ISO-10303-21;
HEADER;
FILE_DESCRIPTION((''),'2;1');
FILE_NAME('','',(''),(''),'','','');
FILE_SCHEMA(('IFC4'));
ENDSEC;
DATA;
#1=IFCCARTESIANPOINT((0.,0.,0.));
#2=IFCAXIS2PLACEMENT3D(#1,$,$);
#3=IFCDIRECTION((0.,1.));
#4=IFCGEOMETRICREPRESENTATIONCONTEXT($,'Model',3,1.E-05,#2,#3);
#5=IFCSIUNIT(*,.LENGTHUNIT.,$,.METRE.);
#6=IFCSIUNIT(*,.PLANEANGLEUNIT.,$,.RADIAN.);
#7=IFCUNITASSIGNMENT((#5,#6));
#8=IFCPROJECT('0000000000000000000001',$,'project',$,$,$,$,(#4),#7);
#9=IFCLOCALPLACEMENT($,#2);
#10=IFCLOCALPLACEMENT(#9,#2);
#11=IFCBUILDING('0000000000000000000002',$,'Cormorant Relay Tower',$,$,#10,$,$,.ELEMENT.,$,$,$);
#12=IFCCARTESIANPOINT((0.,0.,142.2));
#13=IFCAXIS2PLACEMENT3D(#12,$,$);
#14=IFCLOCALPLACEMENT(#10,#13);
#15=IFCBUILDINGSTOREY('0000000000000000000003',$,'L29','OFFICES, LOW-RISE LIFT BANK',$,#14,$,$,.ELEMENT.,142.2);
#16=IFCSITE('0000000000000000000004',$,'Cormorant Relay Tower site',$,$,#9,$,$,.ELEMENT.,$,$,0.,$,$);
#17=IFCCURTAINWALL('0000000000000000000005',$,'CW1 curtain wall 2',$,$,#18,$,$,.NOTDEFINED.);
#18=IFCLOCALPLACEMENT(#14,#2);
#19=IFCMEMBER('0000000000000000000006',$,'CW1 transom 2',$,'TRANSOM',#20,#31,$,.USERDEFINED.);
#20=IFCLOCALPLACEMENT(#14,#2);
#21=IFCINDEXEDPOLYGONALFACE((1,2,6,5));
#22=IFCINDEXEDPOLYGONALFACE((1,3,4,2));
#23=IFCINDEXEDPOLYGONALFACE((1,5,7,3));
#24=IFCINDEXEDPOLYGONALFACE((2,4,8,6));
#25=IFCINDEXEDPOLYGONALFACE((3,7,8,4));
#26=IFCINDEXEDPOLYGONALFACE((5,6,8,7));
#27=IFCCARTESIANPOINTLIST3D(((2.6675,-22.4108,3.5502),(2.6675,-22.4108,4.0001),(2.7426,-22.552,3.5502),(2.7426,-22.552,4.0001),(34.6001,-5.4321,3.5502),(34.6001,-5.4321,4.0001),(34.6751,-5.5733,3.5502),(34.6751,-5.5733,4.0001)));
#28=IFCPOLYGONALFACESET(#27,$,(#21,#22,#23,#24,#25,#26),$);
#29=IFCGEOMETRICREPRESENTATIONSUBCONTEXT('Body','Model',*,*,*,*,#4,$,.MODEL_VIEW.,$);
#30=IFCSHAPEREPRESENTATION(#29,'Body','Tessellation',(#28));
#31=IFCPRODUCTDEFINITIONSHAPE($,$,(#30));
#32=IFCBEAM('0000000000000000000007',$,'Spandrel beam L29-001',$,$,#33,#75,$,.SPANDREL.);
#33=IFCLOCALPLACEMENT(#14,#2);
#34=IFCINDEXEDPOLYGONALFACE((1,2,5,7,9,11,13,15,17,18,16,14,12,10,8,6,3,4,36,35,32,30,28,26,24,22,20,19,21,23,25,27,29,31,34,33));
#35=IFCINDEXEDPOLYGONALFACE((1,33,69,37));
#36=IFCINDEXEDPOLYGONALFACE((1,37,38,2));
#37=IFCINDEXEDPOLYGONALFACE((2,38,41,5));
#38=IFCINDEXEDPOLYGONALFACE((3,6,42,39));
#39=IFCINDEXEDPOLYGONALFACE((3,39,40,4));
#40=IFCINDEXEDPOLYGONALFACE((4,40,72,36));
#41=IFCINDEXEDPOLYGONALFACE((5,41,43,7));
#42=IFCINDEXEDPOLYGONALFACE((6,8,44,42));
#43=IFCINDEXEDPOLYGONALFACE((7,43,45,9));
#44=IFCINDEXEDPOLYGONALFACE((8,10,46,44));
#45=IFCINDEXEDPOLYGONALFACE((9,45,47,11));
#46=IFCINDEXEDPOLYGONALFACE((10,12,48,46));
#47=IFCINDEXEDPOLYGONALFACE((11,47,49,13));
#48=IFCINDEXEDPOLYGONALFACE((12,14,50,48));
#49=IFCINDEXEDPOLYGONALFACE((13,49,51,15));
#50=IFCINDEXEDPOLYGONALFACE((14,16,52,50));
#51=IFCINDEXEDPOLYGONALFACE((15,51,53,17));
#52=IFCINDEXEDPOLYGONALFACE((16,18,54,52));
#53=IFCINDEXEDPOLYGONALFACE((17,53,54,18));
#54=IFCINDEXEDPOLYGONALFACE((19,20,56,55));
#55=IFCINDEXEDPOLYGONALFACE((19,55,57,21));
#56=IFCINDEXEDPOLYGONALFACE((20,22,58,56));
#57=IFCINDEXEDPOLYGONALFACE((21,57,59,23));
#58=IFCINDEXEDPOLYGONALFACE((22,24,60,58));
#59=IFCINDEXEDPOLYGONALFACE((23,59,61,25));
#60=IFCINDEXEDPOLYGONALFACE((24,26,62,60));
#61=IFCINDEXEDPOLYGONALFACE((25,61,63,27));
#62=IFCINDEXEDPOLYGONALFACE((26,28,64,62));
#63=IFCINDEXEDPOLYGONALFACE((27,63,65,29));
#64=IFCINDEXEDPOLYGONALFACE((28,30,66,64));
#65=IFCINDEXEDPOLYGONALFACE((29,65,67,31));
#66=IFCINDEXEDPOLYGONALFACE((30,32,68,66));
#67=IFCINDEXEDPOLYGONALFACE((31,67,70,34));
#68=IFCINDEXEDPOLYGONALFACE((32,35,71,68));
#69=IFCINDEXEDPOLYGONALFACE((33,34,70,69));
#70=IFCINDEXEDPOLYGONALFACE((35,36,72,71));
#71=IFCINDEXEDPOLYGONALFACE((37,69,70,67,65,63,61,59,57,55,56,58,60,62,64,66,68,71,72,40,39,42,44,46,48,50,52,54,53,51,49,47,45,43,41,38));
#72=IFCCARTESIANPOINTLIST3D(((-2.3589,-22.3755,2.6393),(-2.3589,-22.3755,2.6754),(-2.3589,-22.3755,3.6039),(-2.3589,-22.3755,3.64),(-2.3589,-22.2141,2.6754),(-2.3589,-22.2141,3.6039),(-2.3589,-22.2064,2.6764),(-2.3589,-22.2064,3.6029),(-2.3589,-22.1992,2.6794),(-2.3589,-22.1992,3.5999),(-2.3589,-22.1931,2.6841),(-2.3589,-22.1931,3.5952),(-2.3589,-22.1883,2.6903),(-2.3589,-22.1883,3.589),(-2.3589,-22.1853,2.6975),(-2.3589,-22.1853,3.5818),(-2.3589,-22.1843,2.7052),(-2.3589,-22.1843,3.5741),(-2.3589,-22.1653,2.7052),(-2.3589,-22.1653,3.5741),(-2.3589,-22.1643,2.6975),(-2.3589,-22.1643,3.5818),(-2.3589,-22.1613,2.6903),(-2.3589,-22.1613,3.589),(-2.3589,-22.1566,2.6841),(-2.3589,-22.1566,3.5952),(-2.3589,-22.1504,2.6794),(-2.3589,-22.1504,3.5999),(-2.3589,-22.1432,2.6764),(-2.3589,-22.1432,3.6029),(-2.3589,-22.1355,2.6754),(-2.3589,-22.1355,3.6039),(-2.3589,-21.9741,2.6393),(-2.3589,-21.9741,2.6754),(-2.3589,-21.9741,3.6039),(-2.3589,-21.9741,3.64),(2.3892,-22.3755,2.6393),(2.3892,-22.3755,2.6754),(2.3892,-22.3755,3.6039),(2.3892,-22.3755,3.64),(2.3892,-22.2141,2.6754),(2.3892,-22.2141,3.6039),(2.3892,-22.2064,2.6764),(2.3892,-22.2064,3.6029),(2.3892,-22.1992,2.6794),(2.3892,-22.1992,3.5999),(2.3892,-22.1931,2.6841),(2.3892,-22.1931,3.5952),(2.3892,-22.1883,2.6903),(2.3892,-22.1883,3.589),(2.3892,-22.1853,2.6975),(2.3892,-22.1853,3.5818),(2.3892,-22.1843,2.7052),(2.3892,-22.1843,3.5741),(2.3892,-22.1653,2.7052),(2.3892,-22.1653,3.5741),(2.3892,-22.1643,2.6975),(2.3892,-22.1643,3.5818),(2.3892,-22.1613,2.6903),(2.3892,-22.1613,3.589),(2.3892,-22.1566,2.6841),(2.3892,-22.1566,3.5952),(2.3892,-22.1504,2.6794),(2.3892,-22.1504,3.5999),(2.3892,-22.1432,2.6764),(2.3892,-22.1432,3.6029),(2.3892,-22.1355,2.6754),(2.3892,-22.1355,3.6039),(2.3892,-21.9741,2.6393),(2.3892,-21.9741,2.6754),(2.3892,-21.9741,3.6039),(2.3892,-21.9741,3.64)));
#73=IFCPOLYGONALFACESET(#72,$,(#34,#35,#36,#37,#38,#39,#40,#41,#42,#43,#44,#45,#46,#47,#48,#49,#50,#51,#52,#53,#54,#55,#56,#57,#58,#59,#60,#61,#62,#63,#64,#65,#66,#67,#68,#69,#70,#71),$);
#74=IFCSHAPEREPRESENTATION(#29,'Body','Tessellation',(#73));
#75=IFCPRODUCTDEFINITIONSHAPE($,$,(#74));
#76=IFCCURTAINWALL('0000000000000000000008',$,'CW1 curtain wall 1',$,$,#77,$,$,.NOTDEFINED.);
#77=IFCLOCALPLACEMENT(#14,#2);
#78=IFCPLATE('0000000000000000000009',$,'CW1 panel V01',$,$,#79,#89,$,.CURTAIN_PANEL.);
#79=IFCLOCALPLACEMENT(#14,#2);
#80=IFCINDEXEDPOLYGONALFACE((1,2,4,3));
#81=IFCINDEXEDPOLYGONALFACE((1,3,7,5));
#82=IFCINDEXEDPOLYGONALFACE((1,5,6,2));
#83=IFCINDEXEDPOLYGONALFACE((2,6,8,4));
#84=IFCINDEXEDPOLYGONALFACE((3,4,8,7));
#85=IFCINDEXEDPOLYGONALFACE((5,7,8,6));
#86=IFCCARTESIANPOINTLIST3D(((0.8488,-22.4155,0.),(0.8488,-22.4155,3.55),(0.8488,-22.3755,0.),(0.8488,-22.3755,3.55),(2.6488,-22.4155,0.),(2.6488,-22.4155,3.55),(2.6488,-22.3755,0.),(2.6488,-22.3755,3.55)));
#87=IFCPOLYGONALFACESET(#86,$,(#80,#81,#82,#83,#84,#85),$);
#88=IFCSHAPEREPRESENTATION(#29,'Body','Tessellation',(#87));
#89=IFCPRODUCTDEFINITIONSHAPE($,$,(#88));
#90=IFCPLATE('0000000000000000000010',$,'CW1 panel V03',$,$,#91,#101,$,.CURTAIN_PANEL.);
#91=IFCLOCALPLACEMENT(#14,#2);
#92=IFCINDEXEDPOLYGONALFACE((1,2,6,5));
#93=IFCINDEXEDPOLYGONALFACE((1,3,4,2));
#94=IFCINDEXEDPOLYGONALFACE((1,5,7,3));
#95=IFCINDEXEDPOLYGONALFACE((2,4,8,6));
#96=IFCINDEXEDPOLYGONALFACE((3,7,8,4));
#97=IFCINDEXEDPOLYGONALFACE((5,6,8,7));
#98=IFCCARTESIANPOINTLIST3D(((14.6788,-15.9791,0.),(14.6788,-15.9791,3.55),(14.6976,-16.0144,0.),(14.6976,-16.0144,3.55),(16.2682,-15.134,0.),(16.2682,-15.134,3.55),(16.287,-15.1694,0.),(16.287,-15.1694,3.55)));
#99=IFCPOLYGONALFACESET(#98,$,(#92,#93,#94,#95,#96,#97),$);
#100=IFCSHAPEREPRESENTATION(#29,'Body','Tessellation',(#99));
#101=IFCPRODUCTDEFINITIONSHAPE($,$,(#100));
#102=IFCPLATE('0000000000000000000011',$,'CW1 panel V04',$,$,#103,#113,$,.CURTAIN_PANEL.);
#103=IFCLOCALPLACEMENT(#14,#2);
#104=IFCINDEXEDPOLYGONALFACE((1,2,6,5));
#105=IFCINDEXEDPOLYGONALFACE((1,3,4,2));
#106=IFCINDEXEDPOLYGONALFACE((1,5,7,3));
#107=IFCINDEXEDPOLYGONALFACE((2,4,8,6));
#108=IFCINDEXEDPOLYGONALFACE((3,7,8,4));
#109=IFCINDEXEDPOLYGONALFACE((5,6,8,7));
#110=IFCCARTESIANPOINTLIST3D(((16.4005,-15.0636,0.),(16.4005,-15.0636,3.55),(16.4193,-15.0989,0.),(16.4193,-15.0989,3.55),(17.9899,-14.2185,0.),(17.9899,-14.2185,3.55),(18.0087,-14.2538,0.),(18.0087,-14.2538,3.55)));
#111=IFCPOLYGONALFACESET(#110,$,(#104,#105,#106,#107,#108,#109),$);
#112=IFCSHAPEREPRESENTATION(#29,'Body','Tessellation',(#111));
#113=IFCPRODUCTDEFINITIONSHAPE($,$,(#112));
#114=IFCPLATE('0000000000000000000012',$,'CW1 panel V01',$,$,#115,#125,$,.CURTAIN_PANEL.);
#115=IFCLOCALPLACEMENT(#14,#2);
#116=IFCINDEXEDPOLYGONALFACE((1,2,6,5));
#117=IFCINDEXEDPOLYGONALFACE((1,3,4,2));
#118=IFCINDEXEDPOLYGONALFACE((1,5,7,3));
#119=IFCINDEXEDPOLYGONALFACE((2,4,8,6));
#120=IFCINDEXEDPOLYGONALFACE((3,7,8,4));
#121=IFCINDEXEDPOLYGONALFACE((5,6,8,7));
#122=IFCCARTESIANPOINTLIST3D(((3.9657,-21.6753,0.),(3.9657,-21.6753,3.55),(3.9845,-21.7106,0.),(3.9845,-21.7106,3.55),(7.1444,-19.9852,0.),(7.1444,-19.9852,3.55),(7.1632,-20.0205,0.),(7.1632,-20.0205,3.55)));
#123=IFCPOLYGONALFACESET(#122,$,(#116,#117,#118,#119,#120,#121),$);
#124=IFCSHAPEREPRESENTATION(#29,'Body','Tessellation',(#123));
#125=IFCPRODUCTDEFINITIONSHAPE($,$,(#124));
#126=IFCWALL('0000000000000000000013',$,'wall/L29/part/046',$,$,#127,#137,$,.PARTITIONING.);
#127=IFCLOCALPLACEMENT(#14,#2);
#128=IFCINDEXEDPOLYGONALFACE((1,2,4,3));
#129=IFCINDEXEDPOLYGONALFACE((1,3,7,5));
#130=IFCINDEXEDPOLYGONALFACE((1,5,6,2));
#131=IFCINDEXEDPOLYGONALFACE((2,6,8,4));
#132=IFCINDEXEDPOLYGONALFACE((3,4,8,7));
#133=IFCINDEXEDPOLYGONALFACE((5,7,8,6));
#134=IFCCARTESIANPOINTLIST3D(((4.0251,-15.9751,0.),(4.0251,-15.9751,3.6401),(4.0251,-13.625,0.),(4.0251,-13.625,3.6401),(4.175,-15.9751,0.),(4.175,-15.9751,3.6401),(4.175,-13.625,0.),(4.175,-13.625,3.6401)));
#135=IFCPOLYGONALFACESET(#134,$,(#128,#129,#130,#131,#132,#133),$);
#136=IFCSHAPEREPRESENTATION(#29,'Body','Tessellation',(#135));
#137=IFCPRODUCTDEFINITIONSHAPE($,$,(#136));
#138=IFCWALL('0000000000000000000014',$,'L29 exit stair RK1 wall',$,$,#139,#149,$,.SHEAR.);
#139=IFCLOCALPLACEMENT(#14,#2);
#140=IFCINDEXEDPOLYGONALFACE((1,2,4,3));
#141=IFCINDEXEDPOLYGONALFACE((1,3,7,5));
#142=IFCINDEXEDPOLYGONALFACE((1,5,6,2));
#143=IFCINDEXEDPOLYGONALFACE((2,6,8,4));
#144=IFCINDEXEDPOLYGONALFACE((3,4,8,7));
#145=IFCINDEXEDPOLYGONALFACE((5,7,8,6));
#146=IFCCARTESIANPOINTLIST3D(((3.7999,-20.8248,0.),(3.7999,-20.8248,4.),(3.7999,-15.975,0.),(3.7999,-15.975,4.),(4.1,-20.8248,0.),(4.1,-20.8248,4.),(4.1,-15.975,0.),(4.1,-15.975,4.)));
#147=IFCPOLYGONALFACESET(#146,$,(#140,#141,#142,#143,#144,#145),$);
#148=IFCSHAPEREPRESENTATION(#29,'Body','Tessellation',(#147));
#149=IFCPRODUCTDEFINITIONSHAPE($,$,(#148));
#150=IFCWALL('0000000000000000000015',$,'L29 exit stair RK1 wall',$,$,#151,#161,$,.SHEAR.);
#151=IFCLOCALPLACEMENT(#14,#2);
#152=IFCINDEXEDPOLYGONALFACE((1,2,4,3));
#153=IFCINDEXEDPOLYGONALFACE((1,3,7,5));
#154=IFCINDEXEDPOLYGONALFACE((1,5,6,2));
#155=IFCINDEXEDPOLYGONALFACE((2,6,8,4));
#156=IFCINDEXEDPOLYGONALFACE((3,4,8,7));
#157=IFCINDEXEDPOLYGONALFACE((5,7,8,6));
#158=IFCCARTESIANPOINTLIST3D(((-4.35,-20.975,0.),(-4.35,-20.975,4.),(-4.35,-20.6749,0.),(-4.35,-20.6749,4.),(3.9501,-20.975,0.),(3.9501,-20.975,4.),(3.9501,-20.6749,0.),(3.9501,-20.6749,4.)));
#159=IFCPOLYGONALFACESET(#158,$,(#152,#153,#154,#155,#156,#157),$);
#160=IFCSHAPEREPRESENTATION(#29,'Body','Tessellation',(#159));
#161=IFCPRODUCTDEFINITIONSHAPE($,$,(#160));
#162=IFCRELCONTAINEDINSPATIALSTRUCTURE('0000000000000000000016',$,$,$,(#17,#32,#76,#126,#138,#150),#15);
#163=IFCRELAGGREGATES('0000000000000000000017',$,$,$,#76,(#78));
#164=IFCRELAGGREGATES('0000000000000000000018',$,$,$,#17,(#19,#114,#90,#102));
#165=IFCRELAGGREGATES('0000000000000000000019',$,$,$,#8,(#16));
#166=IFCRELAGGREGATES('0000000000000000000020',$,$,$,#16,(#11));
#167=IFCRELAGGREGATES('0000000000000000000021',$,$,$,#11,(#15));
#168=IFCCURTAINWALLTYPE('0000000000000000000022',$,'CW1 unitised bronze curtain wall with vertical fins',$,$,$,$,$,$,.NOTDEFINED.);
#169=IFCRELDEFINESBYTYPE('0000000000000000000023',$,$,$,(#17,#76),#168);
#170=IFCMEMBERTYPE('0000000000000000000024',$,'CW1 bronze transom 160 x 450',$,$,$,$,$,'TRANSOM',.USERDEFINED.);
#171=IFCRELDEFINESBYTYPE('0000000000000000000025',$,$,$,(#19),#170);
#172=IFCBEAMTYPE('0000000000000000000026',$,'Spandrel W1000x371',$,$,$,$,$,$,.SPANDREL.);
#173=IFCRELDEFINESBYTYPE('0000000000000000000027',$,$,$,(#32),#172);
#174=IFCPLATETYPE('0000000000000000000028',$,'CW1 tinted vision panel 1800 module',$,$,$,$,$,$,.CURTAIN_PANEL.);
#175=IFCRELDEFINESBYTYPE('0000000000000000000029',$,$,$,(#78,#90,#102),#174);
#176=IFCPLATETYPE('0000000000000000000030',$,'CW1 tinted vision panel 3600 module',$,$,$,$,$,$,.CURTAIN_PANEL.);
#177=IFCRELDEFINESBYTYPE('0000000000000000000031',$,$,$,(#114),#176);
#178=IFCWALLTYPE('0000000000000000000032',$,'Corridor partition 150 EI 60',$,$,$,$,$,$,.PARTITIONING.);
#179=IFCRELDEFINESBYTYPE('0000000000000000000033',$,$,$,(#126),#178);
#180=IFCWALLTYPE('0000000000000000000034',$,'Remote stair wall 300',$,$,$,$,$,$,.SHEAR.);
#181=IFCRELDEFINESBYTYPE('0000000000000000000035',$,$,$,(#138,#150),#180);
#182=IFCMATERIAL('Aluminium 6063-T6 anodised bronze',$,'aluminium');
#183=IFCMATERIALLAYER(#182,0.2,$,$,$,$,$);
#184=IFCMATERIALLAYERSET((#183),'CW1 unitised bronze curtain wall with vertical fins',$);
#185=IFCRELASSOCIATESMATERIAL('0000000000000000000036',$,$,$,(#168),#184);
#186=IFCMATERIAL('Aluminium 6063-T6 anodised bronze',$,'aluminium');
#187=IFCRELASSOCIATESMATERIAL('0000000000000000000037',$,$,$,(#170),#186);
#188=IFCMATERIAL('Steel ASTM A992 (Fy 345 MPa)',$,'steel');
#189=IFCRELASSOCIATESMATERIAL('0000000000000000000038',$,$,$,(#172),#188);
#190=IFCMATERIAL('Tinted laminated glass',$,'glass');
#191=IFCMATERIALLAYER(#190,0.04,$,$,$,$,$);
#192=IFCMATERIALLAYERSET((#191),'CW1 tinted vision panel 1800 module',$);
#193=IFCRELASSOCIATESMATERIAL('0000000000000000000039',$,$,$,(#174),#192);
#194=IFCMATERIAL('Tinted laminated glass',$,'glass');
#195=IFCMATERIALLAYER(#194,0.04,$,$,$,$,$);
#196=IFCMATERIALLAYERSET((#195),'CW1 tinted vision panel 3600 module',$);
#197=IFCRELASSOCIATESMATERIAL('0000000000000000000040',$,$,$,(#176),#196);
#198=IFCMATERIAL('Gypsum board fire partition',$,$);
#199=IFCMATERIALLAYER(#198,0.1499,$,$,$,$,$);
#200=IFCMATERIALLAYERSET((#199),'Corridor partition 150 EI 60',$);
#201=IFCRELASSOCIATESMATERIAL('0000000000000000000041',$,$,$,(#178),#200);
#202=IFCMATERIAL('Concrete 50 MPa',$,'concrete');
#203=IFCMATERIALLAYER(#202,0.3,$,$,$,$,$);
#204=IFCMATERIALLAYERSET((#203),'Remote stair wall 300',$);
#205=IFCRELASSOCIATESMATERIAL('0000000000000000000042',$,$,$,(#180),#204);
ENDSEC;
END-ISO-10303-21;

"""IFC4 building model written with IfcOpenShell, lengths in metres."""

from ifc_helpers import new_model, si_unit, direction, frame, frame_2d, origin, origin_2d, place, context, subcontext, project, spatial, rectangle, i_section, extrude, material, layer, layer_set, material_profile, profile_set, type_object, element, aggregate, save


model = new_model("IFC4")

# Units and contexts
model_context = context("Model", 3, precision=1e-05, world=origin(), true_north=direction((0.0, 1.0)))
body_context = subcontext(model_context, "Body", "Model", "MODEL_VIEW")
ifc_project = project(units=[si_unit("LENGTHUNIT", "METRE"), si_unit("PLANEANGLEUNIT", "RADIAN")], contexts=[model_context])

# Site, building, storey
site_placement = place(None, origin())
site = spatial("IfcSite", under=ifc_project, at=site_placement, Name="Cormorant Relay Tower site", CompositionType="ELEMENT", RefElevation=0.0)
building_placement = place(site_placement, origin())
building = spatial("IfcBuilding", under=site, at=building_placement, Name="Cormorant Relay Tower", CompositionType="ELEMENT")
storey_placement = place(building_placement, frame((0.0, 0.0, 142.2)))
storey = spatial("IfcBuildingStorey", under=building, at=storey_placement, Name="L29", Description="OFFICES, LOW-RISE LIFT BANK", CompositionType="ELEMENT", Elevation=142.2)

# Curtain wall, member
ifc_material_1 = material(Name="Aluminium 6063-T6 anodised bronze", Category="aluminium")
ifc_layer_1 = layer(ifc_material_1, 0.2)
ifc_layer_set_1 = layer_set([ifc_layer_1], Name="CW1 unitised bronze curtain wall with vertical fins")
curtain_wall_type = type_object("IfcCurtainWallType", Name="CW1 unitised bronze curtain wall with vertical fins", PredefinedType="NOTDEFINED", material=ifc_layer_set_1)
curtain_wall_1_placement = place(storey_placement, origin())
curtain_wall_1 = element("IfcCurtainWall", 1, at=curtain_wall_1_placement, inside=storey, type_object=curtain_wall_type, Name="CW1 curtain wall 2", PredefinedType="NOTDEFINED")
ifc_material_2 = material(Name="Aluminium 6063-T6 anodised bronze", Category="aluminium")
ifc_material_profile_1 = material_profile(ifc_material_2, rectangle(XDim=0.1599, YDim=0.45, at=origin_2d()), Name="AL 160x450")
ifc_profile_set_1 = profile_set([ifc_material_profile_1], Name="Aluminium 6063-T6 anodised bronze")
member_type_1 = type_object("IfcMemberType", Name="CW1 bronze transom 160 x 450", ElementType="TRANSOM", PredefinedType="USERDEFINED", material=ifc_profile_set_1)
member_1_placement = place(storey_placement, frame((2.7051, -22.4814, 3.7751), z_axis=(0.882949, 0.469469, 0.0), x_axis=(-0.469469, 0.882949, 0.0)))
member_1 = element("IfcMember", 2, at=member_1_placement, type_object=member_type_1, Name="CW1 transom 2", ObjectType="TRANSOM", PredefinedType="USERDEFINED", context=body_context, shape_type="SweptSolid", body=[
    extrude(rectangle(XDim=0.1599, YDim=0.45, at=origin_2d()), origin(), (0.0, 0.0, 1.0), 36.1658),
])

# Beam
ifc_material_3 = material(Name="Steel ASTM A992 (Fy 345 MPa)", Category="steel")
ifc_material_profile_2 = material_profile(ifc_material_3, i_section(OverallWidth=0.4014, OverallDepth=1.0007, WebThickness=0.019, FlangeThickness=0.0361, FilletRadius=0.0298, at=origin_2d()), Name="W1000x371")
ifc_profile_set_2 = profile_set([ifc_material_profile_2], Name="Steel ASTM A992 (Fy 345 MPa)")
beam_type = type_object("IfcBeamType", Name="Spandrel W1000x371", PredefinedType="SPANDREL", material=ifc_profile_set_2)
beam_placement = place(storey_placement, frame((-2.3589, -22.1748, 3.1396), z_axis=(1.0, 0.0, 0.0), x_axis=(0.0, 1.0, 0.0)))
element("IfcBeam", 3, at=beam_placement, inside=storey, type_object=beam_type, Name="Spandrel beam L29-001", PredefinedType="SPANDREL", context=body_context, shape_type="SweptSolid", body=[
    extrude(i_section(OverallWidth=0.4014, OverallDepth=1.0007, WebThickness=0.019, FlangeThickness=0.0361, FilletRadius=0.0298, at=origin_2d()), origin(), (0.0, 0.0, 1.0), 4.748),
])

# Curtain wall, plate
curtain_wall_2_placement = place(storey_placement, origin())
curtain_wall_2 = element("IfcCurtainWall", 4, at=curtain_wall_2_placement, inside=storey, type_object=curtain_wall_type, Name="CW1 curtain wall 1", PredefinedType="NOTDEFINED")
ifc_material_4 = material(Name="Tinted laminated glass", Category="glass")
ifc_layer_2 = layer(ifc_material_4, 0.04)
ifc_layer_set_2 = layer_set([ifc_layer_2], Name="CW1 tinted vision panel 1800 module")
plate_type_1 = type_object("IfcPlateType", Name="CW1 tinted vision panel 1800 module", PredefinedType="CURTAIN_PANEL", material=ifc_layer_set_2)
plate_1_placement = place(storey_placement, frame((1.7488, -22.3955, 0.0), z_axis=(0.0, 0.0, 1.0), x_axis=(1.0, 0.0, 0.0)))
plate_1 = element("IfcPlate", 5, at=plate_1_placement, type_object=plate_type_1, Name="CW1 panel V01", PredefinedType="CURTAIN_PANEL", context=body_context, shape_type="SweptSolid", body=[
    extrude(rectangle(XDim=1.8, YDim=0.04, at=origin_2d()), origin(), (0.0, 0.0, 1.0), 3.55),
])

# Plates
plate_2_placement = place(storey_placement, frame((15.4829, -15.5742, 0.0), z_axis=(0.0, 0.0, 1.0), x_axis=(0.882948, 0.469472, 0.0)))
plate_2 = element("IfcPlate", 6, at=plate_2_placement, type_object=plate_type_1, Name="CW1 panel V03", PredefinedType="CURTAIN_PANEL", context=body_context, shape_type="SweptSolid", body=[
    extrude(rectangle(XDim=1.8, YDim=0.04, at=origin_2d()), origin(), (0.0, 0.0, 1.0), 3.55),
])
plate_3_placement = place(storey_placement, frame((17.2046, -14.6587, 0.0), z_axis=(0.0, 0.0, 1.0), x_axis=(0.882948, 0.469472, 0.0)))
plate_3 = element("IfcPlate", 7, at=plate_3_placement, type_object=plate_type_1, Name="CW1 panel V04", PredefinedType="CURTAIN_PANEL", context=body_context, shape_type="SweptSolid", body=[
    extrude(rectangle(XDim=1.8, YDim=0.04, at=origin_2d()), origin(), (0.0, 0.0, 1.0), 3.55),
])
ifc_material_5 = material(Name="Tinted laminated glass", Category="glass")
ifc_layer_3 = layer(ifc_material_5, 0.04)
ifc_layer_set_3 = layer_set([ifc_layer_3], Name="CW1 tinted vision panel 3600 module")
plate_type_2 = type_object("IfcPlateType", Name="CW1 tinted vision panel 3600 module", PredefinedType="CURTAIN_PANEL", material=ifc_layer_set_3)
plate_4_placement = place(storey_placement, frame((5.5645, -20.8479, 0.0), z_axis=(0.0, 0.0, 1.0), x_axis=(0.882948, 0.469472, 0.0)))
plate_4 = element("IfcPlate", 8, at=plate_4_placement, type_object=plate_type_2, Name="CW1 panel V01", PredefinedType="CURTAIN_PANEL", context=body_context, shape_type="SweptSolid", body=[
    extrude(rectangle(XDim=3.6001, YDim=0.04, at=origin_2d()), origin(), (0.0, 0.0, 1.0), 3.55),
])

# Walls
ifc_material_6 = material(Name="Gypsum board fire partition")
ifc_layer_4 = layer(ifc_material_6, 0.1499)
ifc_layer_set_4 = layer_set([ifc_layer_4], Name="Corridor partition 150 EI 60")
wall_type_1 = type_object("IfcWallType", Name="Corridor partition 150 EI 60", PredefinedType="PARTITIONING", material=ifc_layer_set_4)
wall_1_placement = place(storey_placement, frame((4.1001, -15.9751, 0.0), z_axis=(0.0, 0.0, 1.0), x_axis=(0.0, 1.0, 0.0)))
element("IfcWall", 9, at=wall_1_placement, inside=storey, type_object=wall_type_1, Name="wall/L29/part/046", PredefinedType="PARTITIONING", context=body_context, shape_type="SweptSolid", body=[
    extrude(rectangle(XDim=2.3501, YDim=0.1499, at=frame_2d((1.175, 0.0))), origin(), (0.0, 0.0, 1.0), 3.6401),
])
ifc_material_7 = material(Name="Concrete 50 MPa", Category="concrete")
ifc_layer_5 = layer(ifc_material_7, 0.3)
ifc_layer_set_5 = layer_set([ifc_layer_5], Name="Remote stair wall 300")
wall_type_2 = type_object("IfcWallType", Name="Remote stair wall 300", PredefinedType="SHEAR", material=ifc_layer_set_5)
wall_2_placement = place(storey_placement, frame((3.95, -15.9751, 0.0), z_axis=(0.0, 0.0, 1.0), x_axis=(0.0, -1.0, 0.0)))
element("IfcWall", 10, at=wall_2_placement, inside=storey, type_object=wall_type_2, Name="L29 exit stair RK1 wall", PredefinedType="SHEAR", context=body_context, shape_type="SweptSolid", body=[
    extrude(rectangle(XDim=4.8499, YDim=0.3, at=frame_2d((2.4248, 0.0))), origin(), (0.0, 0.0, 1.0), 4.0),
])
wall_3_placement = place(storey_placement, frame((3.95, -20.825, 0.0), z_axis=(0.0, 0.0, 1.0), x_axis=(-1.0, 0.0, 0.0)))
element("IfcWall", 11, at=wall_3_placement, inside=storey, type_object=wall_type_2, Name="L29 exit stair RK1 wall", PredefinedType="SHEAR", context=body_context, shape_type="SweptSolid", body=[
    extrude(rectangle(XDim=8.3, YDim=0.3, at=frame_2d((4.1499, 0.0))), origin(), (0.0, 0.0, 1.0), 4.0),
])

aggregate(curtain_wall_2, [plate_1])
aggregate(curtain_wall_1, [member_1, plate_4, plate_2, plate_3])

save(model, "model.ifc")
